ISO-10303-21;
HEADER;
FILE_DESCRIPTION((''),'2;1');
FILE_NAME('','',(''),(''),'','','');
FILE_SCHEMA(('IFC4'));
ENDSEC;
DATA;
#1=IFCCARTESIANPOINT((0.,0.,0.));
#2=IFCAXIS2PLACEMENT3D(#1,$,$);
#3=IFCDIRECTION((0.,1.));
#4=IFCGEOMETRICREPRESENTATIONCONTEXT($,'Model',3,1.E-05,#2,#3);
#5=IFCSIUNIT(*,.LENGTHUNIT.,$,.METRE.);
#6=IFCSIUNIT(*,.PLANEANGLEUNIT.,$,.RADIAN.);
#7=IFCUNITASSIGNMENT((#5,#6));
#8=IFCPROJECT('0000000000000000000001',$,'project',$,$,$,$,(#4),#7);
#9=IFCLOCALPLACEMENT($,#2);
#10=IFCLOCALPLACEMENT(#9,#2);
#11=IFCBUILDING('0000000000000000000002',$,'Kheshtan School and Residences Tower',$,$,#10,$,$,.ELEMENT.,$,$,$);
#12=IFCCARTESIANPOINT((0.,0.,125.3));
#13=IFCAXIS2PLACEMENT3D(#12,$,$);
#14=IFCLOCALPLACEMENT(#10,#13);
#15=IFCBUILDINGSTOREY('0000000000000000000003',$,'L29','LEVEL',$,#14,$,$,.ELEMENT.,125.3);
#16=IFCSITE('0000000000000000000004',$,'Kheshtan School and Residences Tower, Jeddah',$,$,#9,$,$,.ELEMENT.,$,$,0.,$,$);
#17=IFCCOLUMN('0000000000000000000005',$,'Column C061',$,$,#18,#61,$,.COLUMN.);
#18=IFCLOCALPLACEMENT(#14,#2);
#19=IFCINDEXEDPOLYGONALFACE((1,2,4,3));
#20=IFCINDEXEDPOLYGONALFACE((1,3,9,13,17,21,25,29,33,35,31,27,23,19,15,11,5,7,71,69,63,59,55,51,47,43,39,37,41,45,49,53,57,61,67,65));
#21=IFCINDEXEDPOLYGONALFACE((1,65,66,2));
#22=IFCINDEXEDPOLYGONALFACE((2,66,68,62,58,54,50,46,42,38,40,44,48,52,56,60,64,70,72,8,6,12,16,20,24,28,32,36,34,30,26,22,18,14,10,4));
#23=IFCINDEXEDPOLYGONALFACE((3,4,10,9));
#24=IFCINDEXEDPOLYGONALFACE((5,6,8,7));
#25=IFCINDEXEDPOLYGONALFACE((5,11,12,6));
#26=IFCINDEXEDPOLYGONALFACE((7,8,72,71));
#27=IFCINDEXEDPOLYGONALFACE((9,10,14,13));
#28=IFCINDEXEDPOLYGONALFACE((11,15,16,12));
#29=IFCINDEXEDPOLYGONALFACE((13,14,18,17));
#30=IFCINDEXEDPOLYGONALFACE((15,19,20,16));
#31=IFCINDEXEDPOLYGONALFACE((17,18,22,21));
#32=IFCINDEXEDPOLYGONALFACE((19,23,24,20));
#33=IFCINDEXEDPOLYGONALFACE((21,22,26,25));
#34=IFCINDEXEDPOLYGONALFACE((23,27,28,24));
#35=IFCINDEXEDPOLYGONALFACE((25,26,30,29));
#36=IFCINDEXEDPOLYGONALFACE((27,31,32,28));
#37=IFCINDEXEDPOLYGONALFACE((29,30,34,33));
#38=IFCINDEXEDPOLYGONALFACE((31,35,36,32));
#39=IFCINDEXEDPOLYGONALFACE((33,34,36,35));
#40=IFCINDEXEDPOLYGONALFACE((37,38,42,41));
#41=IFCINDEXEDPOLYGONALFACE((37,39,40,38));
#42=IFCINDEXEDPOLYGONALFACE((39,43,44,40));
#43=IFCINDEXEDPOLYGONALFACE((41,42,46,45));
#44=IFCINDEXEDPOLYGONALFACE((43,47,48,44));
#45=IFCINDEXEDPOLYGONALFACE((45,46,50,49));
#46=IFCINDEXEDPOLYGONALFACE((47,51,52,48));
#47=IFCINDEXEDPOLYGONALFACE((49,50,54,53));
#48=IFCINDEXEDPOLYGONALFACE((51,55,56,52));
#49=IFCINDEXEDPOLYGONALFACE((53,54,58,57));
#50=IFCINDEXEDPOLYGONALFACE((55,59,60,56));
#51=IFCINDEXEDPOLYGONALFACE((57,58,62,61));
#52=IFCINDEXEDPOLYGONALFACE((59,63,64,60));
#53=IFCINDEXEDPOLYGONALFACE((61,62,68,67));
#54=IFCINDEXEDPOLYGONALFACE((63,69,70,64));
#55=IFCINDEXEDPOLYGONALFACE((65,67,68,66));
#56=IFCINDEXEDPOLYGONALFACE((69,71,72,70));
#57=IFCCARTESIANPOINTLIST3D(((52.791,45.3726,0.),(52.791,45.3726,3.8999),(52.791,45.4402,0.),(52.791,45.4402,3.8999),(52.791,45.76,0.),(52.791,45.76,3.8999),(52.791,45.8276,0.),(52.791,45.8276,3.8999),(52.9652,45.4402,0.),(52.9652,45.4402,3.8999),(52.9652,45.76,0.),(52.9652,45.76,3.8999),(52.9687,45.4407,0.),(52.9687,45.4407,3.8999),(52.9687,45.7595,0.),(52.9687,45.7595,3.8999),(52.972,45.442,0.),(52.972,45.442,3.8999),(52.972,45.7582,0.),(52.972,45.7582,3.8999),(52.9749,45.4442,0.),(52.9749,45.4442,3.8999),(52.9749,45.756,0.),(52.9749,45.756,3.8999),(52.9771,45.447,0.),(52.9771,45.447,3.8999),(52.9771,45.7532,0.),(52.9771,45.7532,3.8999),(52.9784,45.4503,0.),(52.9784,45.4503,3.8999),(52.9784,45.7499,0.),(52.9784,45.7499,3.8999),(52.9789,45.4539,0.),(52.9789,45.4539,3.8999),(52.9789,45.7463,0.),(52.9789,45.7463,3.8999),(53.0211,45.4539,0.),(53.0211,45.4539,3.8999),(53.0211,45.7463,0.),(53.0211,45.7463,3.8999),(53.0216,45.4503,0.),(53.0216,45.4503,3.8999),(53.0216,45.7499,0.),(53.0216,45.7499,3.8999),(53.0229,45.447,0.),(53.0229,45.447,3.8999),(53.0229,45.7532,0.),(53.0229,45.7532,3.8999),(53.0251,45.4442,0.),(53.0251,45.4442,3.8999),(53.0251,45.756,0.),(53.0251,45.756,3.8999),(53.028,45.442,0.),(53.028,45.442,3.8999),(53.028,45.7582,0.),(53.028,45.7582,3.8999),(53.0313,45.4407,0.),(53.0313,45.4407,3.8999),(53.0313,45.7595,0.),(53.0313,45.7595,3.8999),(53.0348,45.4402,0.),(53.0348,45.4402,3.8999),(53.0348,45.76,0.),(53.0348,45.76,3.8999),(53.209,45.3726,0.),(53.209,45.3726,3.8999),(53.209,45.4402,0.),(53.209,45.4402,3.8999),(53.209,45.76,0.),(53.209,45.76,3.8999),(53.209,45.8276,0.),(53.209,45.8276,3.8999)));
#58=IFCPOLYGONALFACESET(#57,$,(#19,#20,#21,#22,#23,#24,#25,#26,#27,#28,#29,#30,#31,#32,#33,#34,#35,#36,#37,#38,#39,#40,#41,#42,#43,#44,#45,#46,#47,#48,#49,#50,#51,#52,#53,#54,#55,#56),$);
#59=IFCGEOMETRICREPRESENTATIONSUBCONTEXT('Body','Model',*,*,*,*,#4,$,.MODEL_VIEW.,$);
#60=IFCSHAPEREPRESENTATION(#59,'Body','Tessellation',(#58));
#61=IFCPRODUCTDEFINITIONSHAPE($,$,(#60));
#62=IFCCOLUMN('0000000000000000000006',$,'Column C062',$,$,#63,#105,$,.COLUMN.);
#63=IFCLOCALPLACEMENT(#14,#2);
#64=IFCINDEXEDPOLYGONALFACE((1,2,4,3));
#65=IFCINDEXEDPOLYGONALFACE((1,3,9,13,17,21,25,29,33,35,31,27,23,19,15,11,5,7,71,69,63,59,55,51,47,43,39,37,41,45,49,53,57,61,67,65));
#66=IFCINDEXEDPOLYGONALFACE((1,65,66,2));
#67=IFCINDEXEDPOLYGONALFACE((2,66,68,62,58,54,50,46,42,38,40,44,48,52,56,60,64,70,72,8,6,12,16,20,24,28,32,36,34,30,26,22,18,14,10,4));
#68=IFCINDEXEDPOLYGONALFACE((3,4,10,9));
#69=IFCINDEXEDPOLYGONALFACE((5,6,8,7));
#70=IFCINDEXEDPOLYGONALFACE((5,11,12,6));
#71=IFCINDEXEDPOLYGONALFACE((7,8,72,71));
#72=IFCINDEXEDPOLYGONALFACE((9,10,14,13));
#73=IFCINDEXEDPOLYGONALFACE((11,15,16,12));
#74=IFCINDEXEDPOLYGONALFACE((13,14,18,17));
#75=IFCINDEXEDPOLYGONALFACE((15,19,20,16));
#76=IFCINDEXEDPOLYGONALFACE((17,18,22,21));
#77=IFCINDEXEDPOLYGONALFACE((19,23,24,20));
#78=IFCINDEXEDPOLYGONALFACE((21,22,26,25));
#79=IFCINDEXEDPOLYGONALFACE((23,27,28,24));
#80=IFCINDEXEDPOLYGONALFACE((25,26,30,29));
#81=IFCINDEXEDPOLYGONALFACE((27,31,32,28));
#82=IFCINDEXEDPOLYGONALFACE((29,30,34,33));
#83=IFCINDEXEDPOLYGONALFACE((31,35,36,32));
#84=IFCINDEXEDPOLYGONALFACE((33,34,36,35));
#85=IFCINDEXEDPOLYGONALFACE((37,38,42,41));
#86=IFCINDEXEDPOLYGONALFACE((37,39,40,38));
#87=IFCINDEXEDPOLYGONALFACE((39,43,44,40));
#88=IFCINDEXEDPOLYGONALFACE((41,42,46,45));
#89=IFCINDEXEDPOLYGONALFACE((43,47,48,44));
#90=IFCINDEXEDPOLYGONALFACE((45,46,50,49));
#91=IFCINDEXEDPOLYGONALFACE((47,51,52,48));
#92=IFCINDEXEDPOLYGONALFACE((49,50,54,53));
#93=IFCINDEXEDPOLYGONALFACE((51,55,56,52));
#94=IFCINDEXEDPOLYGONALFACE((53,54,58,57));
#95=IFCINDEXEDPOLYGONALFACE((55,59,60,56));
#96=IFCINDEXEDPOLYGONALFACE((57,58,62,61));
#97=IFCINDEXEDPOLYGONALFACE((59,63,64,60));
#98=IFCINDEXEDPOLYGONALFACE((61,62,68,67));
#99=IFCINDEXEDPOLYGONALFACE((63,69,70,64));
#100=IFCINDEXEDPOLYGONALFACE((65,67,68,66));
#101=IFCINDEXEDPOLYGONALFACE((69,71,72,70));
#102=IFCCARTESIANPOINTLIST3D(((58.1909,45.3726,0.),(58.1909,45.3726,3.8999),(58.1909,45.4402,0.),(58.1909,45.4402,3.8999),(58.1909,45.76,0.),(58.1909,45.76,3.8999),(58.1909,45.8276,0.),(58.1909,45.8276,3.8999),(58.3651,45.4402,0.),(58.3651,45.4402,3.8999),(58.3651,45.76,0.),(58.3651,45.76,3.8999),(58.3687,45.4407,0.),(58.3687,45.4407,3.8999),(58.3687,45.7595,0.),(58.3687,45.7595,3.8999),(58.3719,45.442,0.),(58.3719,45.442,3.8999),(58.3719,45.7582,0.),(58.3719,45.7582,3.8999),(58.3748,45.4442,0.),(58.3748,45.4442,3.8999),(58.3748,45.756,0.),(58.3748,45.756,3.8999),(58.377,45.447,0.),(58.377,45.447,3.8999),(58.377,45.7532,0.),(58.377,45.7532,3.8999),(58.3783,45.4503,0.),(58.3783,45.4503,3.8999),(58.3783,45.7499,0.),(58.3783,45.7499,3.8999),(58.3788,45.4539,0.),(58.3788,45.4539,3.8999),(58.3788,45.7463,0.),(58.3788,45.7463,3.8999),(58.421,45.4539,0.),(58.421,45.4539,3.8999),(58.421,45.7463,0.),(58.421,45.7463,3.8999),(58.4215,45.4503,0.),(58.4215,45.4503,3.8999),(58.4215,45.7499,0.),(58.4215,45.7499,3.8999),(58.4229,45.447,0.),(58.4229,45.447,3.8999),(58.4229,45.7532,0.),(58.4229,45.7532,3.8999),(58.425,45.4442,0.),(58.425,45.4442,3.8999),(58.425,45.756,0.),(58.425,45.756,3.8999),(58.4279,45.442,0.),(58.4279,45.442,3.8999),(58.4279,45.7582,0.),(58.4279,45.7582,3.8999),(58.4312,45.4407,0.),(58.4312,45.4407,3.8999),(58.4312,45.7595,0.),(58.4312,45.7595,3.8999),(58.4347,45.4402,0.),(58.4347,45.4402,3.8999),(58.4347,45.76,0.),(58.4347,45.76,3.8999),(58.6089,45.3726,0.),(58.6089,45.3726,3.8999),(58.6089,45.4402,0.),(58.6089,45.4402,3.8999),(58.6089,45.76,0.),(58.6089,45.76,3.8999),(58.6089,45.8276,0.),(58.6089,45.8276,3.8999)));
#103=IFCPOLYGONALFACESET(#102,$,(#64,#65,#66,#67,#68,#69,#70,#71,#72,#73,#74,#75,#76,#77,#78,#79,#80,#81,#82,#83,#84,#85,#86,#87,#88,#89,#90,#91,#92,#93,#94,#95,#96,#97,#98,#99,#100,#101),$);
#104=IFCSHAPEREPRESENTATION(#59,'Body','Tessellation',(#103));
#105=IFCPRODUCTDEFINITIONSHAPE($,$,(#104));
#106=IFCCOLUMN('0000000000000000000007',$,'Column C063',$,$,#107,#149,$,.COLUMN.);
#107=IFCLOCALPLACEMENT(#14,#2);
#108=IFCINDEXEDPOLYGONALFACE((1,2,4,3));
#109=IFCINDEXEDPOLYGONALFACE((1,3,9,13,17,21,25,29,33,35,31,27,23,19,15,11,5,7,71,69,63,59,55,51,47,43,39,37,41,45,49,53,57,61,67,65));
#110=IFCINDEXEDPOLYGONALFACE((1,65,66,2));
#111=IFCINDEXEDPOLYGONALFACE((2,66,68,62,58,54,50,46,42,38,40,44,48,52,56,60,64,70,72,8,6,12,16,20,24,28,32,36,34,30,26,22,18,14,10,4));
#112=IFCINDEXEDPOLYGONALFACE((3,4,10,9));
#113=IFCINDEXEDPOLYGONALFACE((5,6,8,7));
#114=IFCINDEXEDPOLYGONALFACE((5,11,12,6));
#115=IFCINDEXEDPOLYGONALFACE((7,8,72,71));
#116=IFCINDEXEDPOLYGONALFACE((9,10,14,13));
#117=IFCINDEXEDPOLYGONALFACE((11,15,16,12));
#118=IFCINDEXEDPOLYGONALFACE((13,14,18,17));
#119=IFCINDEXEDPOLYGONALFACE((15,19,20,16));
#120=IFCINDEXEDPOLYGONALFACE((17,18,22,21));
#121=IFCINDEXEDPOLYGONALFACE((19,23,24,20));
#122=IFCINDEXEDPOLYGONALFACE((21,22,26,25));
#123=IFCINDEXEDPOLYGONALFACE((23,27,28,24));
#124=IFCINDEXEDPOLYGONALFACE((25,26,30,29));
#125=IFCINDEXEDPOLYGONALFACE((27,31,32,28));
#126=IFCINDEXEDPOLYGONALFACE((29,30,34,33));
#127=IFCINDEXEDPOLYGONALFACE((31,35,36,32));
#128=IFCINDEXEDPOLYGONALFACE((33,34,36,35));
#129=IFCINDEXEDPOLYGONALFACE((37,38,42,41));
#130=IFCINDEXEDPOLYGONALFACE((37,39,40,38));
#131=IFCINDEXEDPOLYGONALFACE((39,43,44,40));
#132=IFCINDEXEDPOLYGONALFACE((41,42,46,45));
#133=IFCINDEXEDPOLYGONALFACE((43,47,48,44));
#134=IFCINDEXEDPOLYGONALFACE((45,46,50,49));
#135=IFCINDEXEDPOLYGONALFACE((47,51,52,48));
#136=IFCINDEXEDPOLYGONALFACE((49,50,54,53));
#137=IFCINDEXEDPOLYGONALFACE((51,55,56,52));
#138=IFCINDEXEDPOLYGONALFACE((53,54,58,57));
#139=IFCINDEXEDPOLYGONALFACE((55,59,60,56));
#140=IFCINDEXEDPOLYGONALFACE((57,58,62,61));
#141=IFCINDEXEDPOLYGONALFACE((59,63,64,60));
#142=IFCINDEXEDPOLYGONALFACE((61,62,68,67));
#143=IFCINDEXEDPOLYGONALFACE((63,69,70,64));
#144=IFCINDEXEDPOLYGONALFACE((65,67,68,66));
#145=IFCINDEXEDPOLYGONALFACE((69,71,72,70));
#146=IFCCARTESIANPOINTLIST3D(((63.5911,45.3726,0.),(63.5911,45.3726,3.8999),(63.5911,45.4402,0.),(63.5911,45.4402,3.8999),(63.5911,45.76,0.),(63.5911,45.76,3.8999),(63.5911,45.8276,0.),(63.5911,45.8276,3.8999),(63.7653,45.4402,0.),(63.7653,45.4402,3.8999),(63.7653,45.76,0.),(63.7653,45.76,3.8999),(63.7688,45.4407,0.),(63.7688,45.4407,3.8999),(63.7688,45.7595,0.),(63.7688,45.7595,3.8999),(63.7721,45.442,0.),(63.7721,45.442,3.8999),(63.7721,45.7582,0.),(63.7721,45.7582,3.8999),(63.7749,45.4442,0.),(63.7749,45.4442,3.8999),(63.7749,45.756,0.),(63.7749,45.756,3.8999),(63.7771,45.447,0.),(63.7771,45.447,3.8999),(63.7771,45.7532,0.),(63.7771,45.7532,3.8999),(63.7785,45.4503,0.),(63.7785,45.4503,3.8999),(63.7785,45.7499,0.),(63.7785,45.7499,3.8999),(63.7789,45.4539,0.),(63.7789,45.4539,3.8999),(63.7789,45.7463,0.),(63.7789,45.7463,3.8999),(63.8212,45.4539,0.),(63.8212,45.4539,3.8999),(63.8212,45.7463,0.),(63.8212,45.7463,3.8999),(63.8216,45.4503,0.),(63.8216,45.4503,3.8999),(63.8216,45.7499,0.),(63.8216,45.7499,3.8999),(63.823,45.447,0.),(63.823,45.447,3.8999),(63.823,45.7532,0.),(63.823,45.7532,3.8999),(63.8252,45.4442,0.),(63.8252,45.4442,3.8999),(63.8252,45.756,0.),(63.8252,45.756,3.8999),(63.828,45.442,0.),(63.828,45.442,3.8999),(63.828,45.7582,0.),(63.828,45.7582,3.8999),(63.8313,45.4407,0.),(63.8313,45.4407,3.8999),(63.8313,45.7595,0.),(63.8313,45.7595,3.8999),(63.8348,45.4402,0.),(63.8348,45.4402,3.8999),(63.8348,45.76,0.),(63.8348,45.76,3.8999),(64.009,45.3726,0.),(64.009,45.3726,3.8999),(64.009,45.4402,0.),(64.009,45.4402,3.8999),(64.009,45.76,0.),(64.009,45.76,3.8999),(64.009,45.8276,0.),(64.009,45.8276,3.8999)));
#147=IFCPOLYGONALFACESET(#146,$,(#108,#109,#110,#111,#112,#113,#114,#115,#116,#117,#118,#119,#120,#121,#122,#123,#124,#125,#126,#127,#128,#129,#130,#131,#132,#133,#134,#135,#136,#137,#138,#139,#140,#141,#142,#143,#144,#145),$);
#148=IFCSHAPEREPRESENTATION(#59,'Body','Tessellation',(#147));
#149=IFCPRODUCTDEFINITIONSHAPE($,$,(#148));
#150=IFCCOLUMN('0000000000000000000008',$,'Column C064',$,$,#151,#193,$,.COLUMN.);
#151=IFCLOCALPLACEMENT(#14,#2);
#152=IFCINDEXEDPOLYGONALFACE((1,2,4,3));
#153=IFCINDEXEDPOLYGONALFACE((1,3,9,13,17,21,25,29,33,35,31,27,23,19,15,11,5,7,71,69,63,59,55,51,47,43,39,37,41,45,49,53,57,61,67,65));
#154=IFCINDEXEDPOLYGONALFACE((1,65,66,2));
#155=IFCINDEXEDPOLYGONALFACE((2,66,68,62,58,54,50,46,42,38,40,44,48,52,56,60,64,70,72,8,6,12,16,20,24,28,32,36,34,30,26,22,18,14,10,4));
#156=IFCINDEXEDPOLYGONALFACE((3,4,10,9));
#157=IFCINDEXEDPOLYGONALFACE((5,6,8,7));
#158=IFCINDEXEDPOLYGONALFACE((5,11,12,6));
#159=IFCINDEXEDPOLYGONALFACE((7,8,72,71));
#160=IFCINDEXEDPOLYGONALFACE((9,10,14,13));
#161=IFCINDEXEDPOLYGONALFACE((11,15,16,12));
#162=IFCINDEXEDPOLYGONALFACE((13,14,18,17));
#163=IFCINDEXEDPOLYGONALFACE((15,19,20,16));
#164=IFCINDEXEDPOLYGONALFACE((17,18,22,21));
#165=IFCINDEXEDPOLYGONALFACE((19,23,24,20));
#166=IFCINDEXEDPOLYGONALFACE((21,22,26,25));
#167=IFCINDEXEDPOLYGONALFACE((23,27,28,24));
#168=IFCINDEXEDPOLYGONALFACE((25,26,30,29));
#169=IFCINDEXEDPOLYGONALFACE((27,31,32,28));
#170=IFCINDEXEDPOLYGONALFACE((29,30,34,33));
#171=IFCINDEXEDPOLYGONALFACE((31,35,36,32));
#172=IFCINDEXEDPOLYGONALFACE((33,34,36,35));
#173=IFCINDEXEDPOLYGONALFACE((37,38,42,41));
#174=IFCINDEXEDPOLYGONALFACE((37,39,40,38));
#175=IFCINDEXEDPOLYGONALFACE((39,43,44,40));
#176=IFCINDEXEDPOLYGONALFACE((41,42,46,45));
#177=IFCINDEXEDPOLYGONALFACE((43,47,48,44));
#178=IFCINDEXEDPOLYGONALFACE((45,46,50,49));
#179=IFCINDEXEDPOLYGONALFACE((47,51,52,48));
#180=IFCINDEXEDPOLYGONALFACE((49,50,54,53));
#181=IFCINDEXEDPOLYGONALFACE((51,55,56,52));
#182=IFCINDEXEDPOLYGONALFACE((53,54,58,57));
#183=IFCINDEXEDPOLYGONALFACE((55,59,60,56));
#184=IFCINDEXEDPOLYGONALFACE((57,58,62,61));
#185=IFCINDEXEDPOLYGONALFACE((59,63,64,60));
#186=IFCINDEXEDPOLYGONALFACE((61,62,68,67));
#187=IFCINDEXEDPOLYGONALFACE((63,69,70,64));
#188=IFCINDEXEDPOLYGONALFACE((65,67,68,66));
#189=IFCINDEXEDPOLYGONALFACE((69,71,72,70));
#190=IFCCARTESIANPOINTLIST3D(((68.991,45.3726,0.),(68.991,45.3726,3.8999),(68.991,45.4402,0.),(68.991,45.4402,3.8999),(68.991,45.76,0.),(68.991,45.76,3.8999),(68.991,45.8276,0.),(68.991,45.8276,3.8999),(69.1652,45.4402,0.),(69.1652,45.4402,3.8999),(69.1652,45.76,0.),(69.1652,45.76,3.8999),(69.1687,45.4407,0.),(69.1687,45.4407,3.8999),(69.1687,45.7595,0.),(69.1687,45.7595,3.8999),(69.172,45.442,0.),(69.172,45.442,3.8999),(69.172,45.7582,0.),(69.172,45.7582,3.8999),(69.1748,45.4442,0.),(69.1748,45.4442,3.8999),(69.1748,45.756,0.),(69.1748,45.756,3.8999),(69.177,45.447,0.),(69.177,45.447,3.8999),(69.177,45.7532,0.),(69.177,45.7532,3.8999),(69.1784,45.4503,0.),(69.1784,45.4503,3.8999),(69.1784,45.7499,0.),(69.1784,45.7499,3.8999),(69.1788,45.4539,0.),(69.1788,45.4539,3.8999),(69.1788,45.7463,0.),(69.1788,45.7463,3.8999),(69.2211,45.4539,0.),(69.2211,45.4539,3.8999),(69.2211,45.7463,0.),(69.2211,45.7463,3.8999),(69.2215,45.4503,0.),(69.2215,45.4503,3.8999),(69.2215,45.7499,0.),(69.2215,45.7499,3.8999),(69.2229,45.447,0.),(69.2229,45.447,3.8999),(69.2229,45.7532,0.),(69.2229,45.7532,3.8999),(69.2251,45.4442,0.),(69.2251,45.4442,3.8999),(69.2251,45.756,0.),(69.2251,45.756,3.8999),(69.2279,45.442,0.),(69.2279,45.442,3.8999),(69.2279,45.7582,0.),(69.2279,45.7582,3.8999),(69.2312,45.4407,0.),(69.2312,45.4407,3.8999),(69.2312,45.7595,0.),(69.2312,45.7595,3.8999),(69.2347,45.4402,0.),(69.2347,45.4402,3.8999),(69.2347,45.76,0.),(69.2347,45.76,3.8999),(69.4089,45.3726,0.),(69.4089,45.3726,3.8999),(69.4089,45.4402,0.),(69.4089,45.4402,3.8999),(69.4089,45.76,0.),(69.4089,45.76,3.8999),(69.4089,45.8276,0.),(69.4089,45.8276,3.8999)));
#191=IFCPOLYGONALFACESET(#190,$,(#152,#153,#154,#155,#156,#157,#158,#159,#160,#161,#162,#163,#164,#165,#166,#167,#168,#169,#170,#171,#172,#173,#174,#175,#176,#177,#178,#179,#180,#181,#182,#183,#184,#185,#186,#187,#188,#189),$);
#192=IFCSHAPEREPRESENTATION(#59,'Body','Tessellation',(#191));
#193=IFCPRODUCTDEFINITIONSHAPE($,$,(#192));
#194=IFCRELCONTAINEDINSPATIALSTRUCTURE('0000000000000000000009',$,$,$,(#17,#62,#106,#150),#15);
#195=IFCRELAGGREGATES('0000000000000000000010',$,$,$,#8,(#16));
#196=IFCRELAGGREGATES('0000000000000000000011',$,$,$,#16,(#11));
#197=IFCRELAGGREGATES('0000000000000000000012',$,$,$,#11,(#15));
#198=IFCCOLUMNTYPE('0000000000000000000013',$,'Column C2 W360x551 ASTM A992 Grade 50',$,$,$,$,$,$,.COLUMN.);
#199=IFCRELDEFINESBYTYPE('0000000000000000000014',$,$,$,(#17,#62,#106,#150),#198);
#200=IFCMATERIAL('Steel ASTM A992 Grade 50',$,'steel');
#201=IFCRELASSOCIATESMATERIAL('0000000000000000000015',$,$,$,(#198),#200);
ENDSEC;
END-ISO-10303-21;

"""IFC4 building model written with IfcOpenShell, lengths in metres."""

from ifc_helpers import new_model, si_unit, direction, frame, origin, origin_2d, place, context, subcontext, project, spatial, i_section, extrude, material, material_profile, profile_set, type_object, element, save


model = new_model("IFC4")

# Units and contexts
model_context = context("Model", 3, precision=1e-05, world=origin(), true_north=direction((0.0, 1.0)))
body_context = subcontext(model_context, "Body", "Model", "MODEL_VIEW")
ifc_project = project(units=[si_unit("LENGTHUNIT", "METRE"), si_unit("PLANEANGLEUNIT", "RADIAN")], contexts=[model_context])

# Site, building, storey
site_placement = place(None, origin())
site = spatial("IfcSite", under=ifc_project, at=site_placement, Name="Kheshtan School and Residences Tower, Jeddah", CompositionType="ELEMENT", RefElevation=0.0)
building_placement = place(site_placement, origin())
building = spatial("IfcBuilding", under=site, at=building_placement, Name="Kheshtan School and Residences Tower", CompositionType="ELEMENT")
storey_placement = place(building_placement, frame((0.0, 0.0, 125.3)))
storey = spatial("IfcBuildingStorey", under=building, at=storey_placement, Name="L29", Description="LEVEL", CompositionType="ELEMENT", Elevation=125.3)

# Columns
ifc_material_1 = material(Name="Steel ASTM A992 Grade 50", Category="steel")
ifc_material_profile_1 = material_profile(ifc_material_1, i_section(OverallWidth=0.418, OverallDepth=0.4551, WebThickness=0.0422, FlangeThickness=0.0676, FilletRadius=0.0137, at=origin_2d()), Name="W360x551")
ifc_profile_set_1 = profile_set([ifc_material_profile_1], Name="Steel ASTM A992 Grade 50")
column_type = type_object("IfcColumnType", Name="Column C2 W360x551 ASTM A992 Grade 50", PredefinedType="COLUMN", material=ifc_profile_set_1)
for number, where, z_axis, x_axis, name in (
    (1, (53.0, 45.6001, 0.0), (0.0, 0.0, 1.0), (1.0, 0.0, 0.0), "Column C061"),
    (2, (58.3999, 45.6001, 0.0), (0.0, 0.0, 1.0), (1.0, 0.0, 0.0), "Column C062"),
    (3, (63.8, 45.6001, 0.0), (0.0, 0.0, 1.0), (1.0, 0.0, 0.0), "Column C063"),
    (4, (69.2, 45.6001, 0.0), (0.0, 0.0, 1.0), (1.0, 0.0, 0.0), "Column C064"),
):
    element("IfcColumn", number, at=place(storey_placement, frame(where, z_axis=z_axis, x_axis=x_axis)), inside=storey, type_object=column_type, Name=name, PredefinedType="COLUMN", context=body_context, shape_type="SweptSolid", body=[
        extrude(i_section(OverallWidth=0.418, OverallDepth=0.4551, WebThickness=0.0422, FlangeThickness=0.0676, FilletRadius=0.0137, at=origin_2d()), origin(), (0.0, 0.0, 1.0), 3.8999),
    ])

save(model, "model.ifc")
